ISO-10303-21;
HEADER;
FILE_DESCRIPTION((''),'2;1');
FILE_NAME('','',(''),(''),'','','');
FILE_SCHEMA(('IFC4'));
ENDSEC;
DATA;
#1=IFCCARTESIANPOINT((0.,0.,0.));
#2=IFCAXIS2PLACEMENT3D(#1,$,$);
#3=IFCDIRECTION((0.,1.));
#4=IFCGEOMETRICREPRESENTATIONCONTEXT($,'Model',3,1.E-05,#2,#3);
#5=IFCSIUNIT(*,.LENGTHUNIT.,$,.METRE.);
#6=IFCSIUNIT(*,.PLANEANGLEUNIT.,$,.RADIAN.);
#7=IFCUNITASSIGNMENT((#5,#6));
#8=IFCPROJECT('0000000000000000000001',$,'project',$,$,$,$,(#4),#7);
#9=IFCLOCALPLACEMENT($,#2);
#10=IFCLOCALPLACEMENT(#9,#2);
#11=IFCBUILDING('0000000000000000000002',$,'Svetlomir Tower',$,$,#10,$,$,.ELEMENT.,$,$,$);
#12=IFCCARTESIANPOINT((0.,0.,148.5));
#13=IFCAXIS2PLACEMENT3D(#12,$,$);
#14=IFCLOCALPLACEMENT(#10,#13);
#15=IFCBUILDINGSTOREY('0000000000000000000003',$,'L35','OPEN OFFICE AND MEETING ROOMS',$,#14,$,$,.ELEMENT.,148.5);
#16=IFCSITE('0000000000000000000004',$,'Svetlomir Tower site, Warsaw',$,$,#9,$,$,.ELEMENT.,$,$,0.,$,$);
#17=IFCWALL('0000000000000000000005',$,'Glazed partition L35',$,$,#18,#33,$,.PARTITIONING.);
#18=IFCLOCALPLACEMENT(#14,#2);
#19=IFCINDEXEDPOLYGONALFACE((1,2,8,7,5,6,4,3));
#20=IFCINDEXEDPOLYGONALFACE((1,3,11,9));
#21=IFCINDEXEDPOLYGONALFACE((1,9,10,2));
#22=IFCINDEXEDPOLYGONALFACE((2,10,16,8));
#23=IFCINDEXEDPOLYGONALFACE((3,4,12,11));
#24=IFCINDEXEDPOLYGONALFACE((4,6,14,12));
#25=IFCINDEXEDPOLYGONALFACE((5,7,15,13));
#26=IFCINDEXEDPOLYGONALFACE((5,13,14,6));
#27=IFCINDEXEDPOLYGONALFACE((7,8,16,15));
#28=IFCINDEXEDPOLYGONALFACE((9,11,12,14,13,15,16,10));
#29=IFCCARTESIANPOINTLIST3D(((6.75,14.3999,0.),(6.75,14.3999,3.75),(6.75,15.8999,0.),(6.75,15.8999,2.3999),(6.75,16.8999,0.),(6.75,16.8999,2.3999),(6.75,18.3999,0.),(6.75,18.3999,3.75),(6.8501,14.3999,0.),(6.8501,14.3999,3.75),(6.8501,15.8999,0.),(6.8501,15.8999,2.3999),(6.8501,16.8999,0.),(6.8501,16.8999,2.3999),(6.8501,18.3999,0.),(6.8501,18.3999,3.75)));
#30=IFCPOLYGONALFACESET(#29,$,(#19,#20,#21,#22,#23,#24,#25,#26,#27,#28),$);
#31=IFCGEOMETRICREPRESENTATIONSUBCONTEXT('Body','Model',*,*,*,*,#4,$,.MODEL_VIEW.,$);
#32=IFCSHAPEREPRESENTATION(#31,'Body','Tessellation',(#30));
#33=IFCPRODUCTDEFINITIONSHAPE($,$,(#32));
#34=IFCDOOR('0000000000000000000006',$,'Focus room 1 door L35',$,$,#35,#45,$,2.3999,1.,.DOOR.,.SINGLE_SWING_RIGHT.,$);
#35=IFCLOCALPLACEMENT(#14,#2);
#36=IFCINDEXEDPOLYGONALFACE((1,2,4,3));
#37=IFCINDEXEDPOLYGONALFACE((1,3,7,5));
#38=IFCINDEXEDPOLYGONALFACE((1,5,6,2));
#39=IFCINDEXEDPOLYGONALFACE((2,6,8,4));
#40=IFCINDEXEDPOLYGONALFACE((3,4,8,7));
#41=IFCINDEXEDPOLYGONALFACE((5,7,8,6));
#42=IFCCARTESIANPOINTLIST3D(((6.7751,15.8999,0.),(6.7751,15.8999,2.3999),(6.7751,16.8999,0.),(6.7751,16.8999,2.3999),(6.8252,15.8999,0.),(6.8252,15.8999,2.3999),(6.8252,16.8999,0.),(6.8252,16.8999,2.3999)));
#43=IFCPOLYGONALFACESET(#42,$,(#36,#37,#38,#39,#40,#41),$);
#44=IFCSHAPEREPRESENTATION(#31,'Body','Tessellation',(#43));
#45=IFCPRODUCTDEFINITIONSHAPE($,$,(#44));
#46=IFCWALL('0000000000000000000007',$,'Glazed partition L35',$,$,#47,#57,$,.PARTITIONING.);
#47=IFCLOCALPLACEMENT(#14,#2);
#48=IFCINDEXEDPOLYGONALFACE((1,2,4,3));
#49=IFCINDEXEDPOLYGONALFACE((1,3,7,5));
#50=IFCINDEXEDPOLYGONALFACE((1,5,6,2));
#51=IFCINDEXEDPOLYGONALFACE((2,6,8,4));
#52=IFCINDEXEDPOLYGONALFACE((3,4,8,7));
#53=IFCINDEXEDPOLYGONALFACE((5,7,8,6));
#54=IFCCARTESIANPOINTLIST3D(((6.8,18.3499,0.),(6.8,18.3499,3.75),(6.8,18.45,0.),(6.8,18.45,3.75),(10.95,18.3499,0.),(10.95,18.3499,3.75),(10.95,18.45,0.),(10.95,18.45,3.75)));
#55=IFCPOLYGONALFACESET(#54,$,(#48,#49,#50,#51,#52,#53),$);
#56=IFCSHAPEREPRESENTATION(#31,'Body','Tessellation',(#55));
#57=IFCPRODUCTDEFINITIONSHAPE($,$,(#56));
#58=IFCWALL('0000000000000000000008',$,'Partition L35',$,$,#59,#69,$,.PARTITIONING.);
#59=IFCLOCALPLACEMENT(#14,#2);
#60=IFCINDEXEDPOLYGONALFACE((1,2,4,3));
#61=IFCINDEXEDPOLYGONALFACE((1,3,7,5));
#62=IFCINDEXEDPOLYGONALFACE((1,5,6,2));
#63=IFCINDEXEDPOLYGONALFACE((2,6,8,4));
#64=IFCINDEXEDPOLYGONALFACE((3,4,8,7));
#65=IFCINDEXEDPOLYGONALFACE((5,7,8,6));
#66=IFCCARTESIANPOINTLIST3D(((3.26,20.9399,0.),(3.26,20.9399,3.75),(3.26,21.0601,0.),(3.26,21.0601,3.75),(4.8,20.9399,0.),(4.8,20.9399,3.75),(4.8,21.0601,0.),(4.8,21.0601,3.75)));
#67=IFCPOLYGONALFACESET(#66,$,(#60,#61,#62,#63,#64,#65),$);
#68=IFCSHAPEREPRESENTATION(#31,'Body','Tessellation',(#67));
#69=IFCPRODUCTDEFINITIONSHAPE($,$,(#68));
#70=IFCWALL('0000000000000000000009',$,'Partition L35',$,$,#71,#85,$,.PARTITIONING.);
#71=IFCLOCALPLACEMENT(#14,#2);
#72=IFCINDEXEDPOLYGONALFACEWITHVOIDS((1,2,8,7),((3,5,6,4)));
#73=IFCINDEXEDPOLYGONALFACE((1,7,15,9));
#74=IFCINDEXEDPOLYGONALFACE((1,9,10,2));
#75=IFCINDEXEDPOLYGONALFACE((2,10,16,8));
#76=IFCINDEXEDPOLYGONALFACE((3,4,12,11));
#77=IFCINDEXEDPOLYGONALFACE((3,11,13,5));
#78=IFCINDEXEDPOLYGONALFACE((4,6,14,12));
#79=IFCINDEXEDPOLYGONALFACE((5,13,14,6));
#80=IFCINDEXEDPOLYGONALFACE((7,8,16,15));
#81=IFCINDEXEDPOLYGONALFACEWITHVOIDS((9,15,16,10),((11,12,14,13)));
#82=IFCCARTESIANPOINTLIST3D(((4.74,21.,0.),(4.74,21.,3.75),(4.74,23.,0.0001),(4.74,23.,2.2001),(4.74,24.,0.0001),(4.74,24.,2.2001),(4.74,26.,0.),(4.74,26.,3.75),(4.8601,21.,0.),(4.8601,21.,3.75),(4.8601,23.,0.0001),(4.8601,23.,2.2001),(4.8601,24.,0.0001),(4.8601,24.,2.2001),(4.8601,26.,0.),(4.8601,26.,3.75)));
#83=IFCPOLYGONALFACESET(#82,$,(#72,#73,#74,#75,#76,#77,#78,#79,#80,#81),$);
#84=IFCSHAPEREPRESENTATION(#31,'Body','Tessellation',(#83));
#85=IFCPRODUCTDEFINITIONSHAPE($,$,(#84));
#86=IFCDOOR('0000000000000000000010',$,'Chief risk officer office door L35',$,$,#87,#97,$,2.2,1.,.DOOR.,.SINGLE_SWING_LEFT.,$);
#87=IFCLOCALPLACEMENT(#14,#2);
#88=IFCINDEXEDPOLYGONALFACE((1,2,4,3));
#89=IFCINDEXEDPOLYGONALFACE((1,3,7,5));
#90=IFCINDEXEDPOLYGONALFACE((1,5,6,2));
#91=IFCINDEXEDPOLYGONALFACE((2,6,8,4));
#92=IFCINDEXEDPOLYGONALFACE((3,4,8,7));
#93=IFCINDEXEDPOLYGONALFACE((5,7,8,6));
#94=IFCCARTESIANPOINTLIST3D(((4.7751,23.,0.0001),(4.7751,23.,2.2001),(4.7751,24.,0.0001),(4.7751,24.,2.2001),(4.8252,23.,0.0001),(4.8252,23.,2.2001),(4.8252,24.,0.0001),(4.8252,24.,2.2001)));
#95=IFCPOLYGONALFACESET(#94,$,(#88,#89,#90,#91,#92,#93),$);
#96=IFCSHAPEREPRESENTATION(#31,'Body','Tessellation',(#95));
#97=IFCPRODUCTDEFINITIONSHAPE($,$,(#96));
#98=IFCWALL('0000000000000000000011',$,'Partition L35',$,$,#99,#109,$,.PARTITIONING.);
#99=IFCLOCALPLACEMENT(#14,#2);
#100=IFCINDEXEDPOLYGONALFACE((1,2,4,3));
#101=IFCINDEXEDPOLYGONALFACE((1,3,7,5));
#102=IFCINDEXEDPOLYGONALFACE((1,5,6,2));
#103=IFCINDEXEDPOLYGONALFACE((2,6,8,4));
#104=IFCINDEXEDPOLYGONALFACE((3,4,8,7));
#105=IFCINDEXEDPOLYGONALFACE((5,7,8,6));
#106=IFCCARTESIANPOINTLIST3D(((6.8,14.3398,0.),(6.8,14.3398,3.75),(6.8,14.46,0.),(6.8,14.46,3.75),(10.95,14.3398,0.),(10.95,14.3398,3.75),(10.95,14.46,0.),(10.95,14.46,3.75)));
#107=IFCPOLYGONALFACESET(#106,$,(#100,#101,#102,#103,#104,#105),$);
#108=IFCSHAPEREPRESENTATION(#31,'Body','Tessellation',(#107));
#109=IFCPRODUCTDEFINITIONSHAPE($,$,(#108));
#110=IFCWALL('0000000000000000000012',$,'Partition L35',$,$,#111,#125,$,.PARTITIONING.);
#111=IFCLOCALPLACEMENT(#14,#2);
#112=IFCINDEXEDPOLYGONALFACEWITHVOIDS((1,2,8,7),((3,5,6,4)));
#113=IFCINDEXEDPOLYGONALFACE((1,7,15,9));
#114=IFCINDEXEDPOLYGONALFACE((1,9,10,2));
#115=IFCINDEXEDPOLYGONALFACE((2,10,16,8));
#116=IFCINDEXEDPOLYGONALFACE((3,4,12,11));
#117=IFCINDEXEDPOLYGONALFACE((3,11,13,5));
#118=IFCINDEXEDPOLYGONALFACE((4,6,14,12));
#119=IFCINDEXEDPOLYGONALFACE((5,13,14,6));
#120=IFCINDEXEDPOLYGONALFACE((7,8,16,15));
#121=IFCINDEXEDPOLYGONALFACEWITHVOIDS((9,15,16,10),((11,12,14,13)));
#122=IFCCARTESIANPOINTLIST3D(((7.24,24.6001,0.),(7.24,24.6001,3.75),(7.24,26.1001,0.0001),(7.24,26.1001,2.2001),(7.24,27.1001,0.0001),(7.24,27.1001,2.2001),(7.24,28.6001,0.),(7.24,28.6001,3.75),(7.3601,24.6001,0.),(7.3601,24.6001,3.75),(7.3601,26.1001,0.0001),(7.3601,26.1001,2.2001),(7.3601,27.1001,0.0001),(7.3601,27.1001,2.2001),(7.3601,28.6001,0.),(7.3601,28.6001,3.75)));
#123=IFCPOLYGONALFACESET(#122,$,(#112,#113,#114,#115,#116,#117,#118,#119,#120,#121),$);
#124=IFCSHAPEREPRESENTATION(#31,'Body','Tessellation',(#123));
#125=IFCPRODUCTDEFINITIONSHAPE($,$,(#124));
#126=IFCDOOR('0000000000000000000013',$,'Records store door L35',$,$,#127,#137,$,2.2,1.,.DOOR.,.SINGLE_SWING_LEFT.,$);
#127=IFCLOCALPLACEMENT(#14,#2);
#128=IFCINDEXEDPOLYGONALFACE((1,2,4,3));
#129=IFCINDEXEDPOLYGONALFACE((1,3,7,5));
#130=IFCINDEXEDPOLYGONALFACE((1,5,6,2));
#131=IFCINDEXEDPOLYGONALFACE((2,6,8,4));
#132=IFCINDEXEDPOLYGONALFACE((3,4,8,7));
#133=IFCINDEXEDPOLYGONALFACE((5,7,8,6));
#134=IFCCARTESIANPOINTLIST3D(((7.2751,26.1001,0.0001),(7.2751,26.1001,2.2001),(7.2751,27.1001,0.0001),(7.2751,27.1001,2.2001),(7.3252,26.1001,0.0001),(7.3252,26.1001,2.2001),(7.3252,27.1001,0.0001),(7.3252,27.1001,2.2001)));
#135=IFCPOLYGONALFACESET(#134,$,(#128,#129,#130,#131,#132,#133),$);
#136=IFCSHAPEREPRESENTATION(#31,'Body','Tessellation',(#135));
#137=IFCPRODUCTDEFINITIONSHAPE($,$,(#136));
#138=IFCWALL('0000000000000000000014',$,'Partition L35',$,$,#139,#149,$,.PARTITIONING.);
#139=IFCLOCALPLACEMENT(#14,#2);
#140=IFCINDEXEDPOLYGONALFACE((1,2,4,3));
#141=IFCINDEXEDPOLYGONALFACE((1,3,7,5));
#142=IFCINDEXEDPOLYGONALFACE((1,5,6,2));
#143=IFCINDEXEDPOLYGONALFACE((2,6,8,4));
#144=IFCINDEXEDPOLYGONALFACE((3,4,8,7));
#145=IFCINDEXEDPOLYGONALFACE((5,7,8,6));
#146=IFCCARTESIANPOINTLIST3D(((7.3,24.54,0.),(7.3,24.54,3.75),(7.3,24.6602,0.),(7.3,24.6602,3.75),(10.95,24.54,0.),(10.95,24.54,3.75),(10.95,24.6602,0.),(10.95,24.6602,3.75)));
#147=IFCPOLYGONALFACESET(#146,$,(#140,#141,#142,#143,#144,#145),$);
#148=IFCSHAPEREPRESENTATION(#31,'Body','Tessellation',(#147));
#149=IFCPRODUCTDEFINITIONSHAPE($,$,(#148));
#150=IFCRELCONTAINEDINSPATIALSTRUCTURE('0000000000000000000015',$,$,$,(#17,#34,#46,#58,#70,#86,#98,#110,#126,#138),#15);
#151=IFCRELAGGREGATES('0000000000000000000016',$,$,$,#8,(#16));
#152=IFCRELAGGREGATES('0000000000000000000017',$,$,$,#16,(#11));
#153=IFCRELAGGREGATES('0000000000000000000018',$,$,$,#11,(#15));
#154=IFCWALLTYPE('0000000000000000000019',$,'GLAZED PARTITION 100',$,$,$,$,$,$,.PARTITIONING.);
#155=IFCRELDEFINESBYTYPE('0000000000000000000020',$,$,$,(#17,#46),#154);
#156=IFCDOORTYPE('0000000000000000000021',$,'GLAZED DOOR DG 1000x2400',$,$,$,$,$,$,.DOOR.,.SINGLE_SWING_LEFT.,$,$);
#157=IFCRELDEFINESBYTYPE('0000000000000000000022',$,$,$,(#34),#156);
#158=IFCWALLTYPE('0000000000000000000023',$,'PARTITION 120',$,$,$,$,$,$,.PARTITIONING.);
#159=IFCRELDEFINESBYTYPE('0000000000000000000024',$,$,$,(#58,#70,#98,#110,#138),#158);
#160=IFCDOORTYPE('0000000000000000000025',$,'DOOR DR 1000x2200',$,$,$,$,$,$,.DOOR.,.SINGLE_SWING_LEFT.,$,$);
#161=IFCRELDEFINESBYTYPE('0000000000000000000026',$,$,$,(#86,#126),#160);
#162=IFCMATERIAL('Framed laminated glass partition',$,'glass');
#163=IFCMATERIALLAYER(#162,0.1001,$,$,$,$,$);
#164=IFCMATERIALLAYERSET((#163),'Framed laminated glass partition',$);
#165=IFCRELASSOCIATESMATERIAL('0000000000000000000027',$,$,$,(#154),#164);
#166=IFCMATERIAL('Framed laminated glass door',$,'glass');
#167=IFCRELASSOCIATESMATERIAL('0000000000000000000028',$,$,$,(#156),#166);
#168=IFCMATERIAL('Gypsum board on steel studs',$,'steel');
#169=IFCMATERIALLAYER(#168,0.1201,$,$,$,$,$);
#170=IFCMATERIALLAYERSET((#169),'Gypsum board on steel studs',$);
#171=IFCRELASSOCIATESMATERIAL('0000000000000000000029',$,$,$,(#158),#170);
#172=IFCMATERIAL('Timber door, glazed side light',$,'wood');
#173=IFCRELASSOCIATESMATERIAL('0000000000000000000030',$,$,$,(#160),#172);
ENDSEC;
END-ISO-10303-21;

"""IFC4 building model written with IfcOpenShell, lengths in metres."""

from ifc_helpers import new_model, si_unit, direction, frame, frame_2d, origin, place, context, subcontext, project, spatial, rectangle, extrude, material, layer, layer_set, type_object, element, fill, save


model = new_model("IFC4")

# Units and contexts
model_context = context("Model", 3, precision=1e-05, world=origin(), true_north=direction((0.0, 1.0)))
body_context = subcontext(model_context, "Body", "Model", "MODEL_VIEW")
ifc_project = project(units=[si_unit("LENGTHUNIT", "METRE"), si_unit("PLANEANGLEUNIT", "RADIAN")], contexts=[model_context])

# Site, building, storey
site_placement = place(None, origin())
site = spatial("IfcSite", under=ifc_project, at=site_placement, Name="Svetlomir Tower site, Warsaw", CompositionType="ELEMENT", RefElevation=0.0)
building_placement = place(site_placement, origin())
building = spatial("IfcBuilding", under=site, at=building_placement, Name="Svetlomir Tower", CompositionType="ELEMENT")
storey_placement = place(building_placement, frame((0.0, 0.0, 148.5)))
storey = spatial("IfcBuildingStorey", under=building, at=storey_placement, Name="L35", Description="OPEN OFFICE AND MEETING ROOMS", CompositionType="ELEMENT", Elevation=148.5)

# Wall, opening, door
ifc_material_1 = material(Name="Framed laminated glass partition", Category="glass")
ifc_layer_1 = layer(ifc_material_1, 0.1001)
ifc_layer_set_1 = layer_set([ifc_layer_1], Name="Framed laminated glass partition")
wall_type_1 = type_object("IfcWallType", Name="GLAZED PARTITION 100", PredefinedType="PARTITIONING", material=ifc_layer_set_1)
wall_1_placement = place(storey_placement, frame((6.8, 14.3999, 0.0), z_axis=(0.0, 0.0, 1.0), x_axis=(0.0, 1.0, 0.0)))
wall_1 = element("IfcWall", 1, at=wall_1_placement, inside=storey, type_object=wall_type_1, Name="Glazed partition L35", PredefinedType="PARTITIONING", context=body_context, shape_type="SweptSolid", body=[
    extrude(rectangle(XDim=4.0, YDim=0.1001, at=frame_2d((2.0, 0.0))), origin(), (0.0, 0.0, 1.0), 3.75),
])
opening_1_placement = place(wall_1_placement, frame((1.5, 0.0, 0.0)))
opening_1 = element("IfcOpeningElement", 2, at=opening_1_placement, cuts=wall_1, PredefinedType="OPENING", context=body_context, shape_type="SweptSolid", body=[
    extrude(rectangle(XDim=1.0, YDim=2.3999, at=frame_2d((0.5, 1.2))), frame((0.0, 0.0601, 0.0), z_axis=(0.0, -1.0, 0.0), x_axis=(1.0, 0.0, 0.0)), (0.0, 0.0, 1.0), 0.1201),
])
ifc_material_2 = material(Name="Framed laminated glass door", Category="glass")
door_type_1 = type_object("IfcDoorType", Name="GLAZED DOOR DG 1000x2400", OperationType="SINGLE_SWING_LEFT", PredefinedType="DOOR", material=ifc_material_2)
door_1_placement = place(opening_1_placement, origin())
door_1 = element("IfcDoor", 3, at=door_1_placement, inside=storey, type_object=door_type_1, Name="Focus room 1 door L35", OperationType="SINGLE_SWING_RIGHT", OverallHeight=2.3999, OverallWidth=1.0, PredefinedType="DOOR", context=body_context, shape_type="SweptSolid", body=[
    extrude(rectangle(XDim=1.0, YDim=2.3999, at=frame_2d((0.5, 1.2))), frame((0.0, 0.0249, 0.0), z_axis=(0.0, -1.0, 0.0), x_axis=(1.0, 0.0, 0.0)), (0.0, 0.0, 1.0), 0.05),
])
fill(opening_1, door_1)

# Walls
wall_2_placement = place(storey_placement, frame((6.8, 18.3999, 0.0), z_axis=(0.0, 0.0, 1.0), x_axis=(1.0, 0.0, 0.0)))
element("IfcWall", 4, at=wall_2_placement, inside=storey, type_object=wall_type_1, Name="Glazed partition L35", PredefinedType="PARTITIONING", context=body_context, shape_type="SweptSolid", body=[
    extrude(rectangle(XDim=4.1499, YDim=0.1001, at=frame_2d((2.075, 0.0))), origin(), (0.0, 0.0, 1.0), 3.75),
])
ifc_material_3 = material(Name="Gypsum board on steel studs", Category="steel")
ifc_layer_2 = layer(ifc_material_3, 0.1201)
ifc_layer_set_2 = layer_set([ifc_layer_2], Name="Gypsum board on steel studs")
wall_type_2 = type_object("IfcWallType", Name="PARTITION 120", PredefinedType="PARTITIONING", material=ifc_layer_set_2)
wall_3_placement = place(storey_placement, frame((3.26, 21.0, 0.0), z_axis=(0.0, 0.0, 1.0), x_axis=(1.0, 0.0, 0.0)))
element("IfcWall", 5, at=wall_3_placement, inside=storey, type_object=wall_type_2, Name="Partition L35", PredefinedType="PARTITIONING", context=body_context, shape_type="SweptSolid", body=[
    extrude(rectangle(XDim=1.54, YDim=0.1201, at=frame_2d((0.77, 0.0))), origin(), (0.0, 0.0, 1.0), 3.75),
])

# Wall, opening, door
wall_4_placement = place(storey_placement, frame((4.8, 21.0, 0.0), z_axis=(0.0, 0.0, 1.0), x_axis=(0.0, 1.0, 0.0)))
wall_4 = element("IfcWall", 6, at=wall_4_placement, inside=storey, type_object=wall_type_2, Name="Partition L35", PredefinedType="PARTITIONING", context=body_context, shape_type="SweptSolid", body=[
    extrude(rectangle(XDim=5.0, YDim=0.1201, at=frame_2d((2.5, 0.0))), origin(), (0.0, 0.0, 1.0), 3.75),
])
opening_2_placement = place(wall_4_placement, frame((2.0, 0.0, 0.0)))
opening_2 = element("IfcOpeningElement", 7, at=opening_2_placement, cuts=wall_4, PredefinedType="OPENING", context=body_context, shape_type="SweptSolid", body=[
    extrude(rectangle(XDim=1.0, YDim=2.2, at=frame_2d((0.5, 1.1001))), frame((0.0, 0.0701, 0.0), z_axis=(0.0, -1.0, 0.0), x_axis=(1.0, 0.0, 0.0)), (0.0, 0.0, 1.0), 0.1401),
])
ifc_material_4 = material(Name="Timber door, glazed side light", Category="wood")
door_type_2 = type_object("IfcDoorType", Name="DOOR DR 1000x2200", OperationType="SINGLE_SWING_LEFT", PredefinedType="DOOR", material=ifc_material_4)
door_2_placement = place(opening_2_placement, origin())
door_2 = element("IfcDoor", 8, at=door_2_placement, inside=storey, type_object=door_type_2, Name="Chief risk officer office door L35", OperationType="SINGLE_SWING_LEFT", OverallHeight=2.2, OverallWidth=1.0, PredefinedType="DOOR", context=body_context, shape_type="SweptSolid", body=[
    extrude(rectangle(XDim=1.0, YDim=2.2, at=frame_2d((0.5, 1.1001))), frame((0.0, 0.0249, 0.0), z_axis=(0.0, -1.0, 0.0), x_axis=(1.0, 0.0, 0.0)), (0.0, 0.0, 1.0), 0.05),
])
fill(opening_2, door_2)

# Wall
wall_5_placement = place(storey_placement, frame((6.8, 14.3999, 0.0), z_axis=(0.0, 0.0, 1.0), x_axis=(1.0, 0.0, 0.0)))
element("IfcWall", 9, at=wall_5_placement, inside=storey, type_object=wall_type_2, Name="Partition L35", PredefinedType="PARTITIONING", context=body_context, shape_type="SweptSolid", body=[
    extrude(rectangle(XDim=4.1499, YDim=0.1201, at=frame_2d((2.075, 0.0))), origin(), (0.0, 0.0, 1.0), 3.75),
])

# Wall, opening, door
wall_6_placement = place(storey_placement, frame((7.3, 24.6001, 0.0), z_axis=(0.0, 0.0, 1.0), x_axis=(0.0, 1.0, 0.0)))
wall_6 = element("IfcWall", 10, at=wall_6_placement, inside=storey, type_object=wall_type_2, Name="Partition L35", PredefinedType="PARTITIONING", context=body_context, shape_type="SweptSolid", body=[
    extrude(rectangle(XDim=4.0, YDim=0.1201, at=frame_2d((2.0, 0.0))), origin(), (0.0, 0.0, 1.0), 3.75),
])
opening_3_placement = place(wall_6_placement, frame((1.5, 0.0, 0.0)))
opening_3 = element("IfcOpeningElement", 11, at=opening_3_placement, cuts=wall_6, PredefinedType="OPENING", context=body_context, shape_type="SweptSolid", body=[
    extrude(rectangle(XDim=1.0, YDim=2.2, at=frame_2d((0.5, 1.1001))), frame((0.0, 0.0701, 0.0), z_axis=(0.0, -1.0, 0.0), x_axis=(1.0, 0.0, 0.0)), (0.0, 0.0, 1.0), 0.1401),
])
door_3_placement = place(opening_3_placement, origin())
door_3 = element("IfcDoor", 12, at=door_3_placement, inside=storey, type_object=door_type_2, Name="Records store door L35", OperationType="SINGLE_SWING_LEFT", OverallHeight=2.2, OverallWidth=1.0, PredefinedType="DOOR", context=body_context, shape_type="SweptSolid", body=[
    extrude(rectangle(XDim=1.0, YDim=2.2, at=frame_2d((0.5, 1.1001))), frame((0.0, 0.0249, 0.0), z_axis=(0.0, -1.0, 0.0), x_axis=(1.0, 0.0, 0.0)), (0.0, 0.0, 1.0), 0.05),
])
fill(opening_3, door_3)

# Wall
wall_7_placement = place(storey_placement, frame((7.3, 24.6001, 0.0), z_axis=(0.0, 0.0, 1.0), x_axis=(1.0, 0.0, 0.0)))
element("IfcWall", 13, at=wall_7_placement, inside=storey, type_object=wall_type_2, Name="Partition L35", PredefinedType="PARTITIONING", context=body_context, shape_type="SweptSolid", body=[
    extrude(rectangle(XDim=3.6499, YDim=0.1201, at=frame_2d((1.825, 0.0))), origin(), (0.0, 0.0, 1.0), 3.75),
])

save(model, "model.ifc")
